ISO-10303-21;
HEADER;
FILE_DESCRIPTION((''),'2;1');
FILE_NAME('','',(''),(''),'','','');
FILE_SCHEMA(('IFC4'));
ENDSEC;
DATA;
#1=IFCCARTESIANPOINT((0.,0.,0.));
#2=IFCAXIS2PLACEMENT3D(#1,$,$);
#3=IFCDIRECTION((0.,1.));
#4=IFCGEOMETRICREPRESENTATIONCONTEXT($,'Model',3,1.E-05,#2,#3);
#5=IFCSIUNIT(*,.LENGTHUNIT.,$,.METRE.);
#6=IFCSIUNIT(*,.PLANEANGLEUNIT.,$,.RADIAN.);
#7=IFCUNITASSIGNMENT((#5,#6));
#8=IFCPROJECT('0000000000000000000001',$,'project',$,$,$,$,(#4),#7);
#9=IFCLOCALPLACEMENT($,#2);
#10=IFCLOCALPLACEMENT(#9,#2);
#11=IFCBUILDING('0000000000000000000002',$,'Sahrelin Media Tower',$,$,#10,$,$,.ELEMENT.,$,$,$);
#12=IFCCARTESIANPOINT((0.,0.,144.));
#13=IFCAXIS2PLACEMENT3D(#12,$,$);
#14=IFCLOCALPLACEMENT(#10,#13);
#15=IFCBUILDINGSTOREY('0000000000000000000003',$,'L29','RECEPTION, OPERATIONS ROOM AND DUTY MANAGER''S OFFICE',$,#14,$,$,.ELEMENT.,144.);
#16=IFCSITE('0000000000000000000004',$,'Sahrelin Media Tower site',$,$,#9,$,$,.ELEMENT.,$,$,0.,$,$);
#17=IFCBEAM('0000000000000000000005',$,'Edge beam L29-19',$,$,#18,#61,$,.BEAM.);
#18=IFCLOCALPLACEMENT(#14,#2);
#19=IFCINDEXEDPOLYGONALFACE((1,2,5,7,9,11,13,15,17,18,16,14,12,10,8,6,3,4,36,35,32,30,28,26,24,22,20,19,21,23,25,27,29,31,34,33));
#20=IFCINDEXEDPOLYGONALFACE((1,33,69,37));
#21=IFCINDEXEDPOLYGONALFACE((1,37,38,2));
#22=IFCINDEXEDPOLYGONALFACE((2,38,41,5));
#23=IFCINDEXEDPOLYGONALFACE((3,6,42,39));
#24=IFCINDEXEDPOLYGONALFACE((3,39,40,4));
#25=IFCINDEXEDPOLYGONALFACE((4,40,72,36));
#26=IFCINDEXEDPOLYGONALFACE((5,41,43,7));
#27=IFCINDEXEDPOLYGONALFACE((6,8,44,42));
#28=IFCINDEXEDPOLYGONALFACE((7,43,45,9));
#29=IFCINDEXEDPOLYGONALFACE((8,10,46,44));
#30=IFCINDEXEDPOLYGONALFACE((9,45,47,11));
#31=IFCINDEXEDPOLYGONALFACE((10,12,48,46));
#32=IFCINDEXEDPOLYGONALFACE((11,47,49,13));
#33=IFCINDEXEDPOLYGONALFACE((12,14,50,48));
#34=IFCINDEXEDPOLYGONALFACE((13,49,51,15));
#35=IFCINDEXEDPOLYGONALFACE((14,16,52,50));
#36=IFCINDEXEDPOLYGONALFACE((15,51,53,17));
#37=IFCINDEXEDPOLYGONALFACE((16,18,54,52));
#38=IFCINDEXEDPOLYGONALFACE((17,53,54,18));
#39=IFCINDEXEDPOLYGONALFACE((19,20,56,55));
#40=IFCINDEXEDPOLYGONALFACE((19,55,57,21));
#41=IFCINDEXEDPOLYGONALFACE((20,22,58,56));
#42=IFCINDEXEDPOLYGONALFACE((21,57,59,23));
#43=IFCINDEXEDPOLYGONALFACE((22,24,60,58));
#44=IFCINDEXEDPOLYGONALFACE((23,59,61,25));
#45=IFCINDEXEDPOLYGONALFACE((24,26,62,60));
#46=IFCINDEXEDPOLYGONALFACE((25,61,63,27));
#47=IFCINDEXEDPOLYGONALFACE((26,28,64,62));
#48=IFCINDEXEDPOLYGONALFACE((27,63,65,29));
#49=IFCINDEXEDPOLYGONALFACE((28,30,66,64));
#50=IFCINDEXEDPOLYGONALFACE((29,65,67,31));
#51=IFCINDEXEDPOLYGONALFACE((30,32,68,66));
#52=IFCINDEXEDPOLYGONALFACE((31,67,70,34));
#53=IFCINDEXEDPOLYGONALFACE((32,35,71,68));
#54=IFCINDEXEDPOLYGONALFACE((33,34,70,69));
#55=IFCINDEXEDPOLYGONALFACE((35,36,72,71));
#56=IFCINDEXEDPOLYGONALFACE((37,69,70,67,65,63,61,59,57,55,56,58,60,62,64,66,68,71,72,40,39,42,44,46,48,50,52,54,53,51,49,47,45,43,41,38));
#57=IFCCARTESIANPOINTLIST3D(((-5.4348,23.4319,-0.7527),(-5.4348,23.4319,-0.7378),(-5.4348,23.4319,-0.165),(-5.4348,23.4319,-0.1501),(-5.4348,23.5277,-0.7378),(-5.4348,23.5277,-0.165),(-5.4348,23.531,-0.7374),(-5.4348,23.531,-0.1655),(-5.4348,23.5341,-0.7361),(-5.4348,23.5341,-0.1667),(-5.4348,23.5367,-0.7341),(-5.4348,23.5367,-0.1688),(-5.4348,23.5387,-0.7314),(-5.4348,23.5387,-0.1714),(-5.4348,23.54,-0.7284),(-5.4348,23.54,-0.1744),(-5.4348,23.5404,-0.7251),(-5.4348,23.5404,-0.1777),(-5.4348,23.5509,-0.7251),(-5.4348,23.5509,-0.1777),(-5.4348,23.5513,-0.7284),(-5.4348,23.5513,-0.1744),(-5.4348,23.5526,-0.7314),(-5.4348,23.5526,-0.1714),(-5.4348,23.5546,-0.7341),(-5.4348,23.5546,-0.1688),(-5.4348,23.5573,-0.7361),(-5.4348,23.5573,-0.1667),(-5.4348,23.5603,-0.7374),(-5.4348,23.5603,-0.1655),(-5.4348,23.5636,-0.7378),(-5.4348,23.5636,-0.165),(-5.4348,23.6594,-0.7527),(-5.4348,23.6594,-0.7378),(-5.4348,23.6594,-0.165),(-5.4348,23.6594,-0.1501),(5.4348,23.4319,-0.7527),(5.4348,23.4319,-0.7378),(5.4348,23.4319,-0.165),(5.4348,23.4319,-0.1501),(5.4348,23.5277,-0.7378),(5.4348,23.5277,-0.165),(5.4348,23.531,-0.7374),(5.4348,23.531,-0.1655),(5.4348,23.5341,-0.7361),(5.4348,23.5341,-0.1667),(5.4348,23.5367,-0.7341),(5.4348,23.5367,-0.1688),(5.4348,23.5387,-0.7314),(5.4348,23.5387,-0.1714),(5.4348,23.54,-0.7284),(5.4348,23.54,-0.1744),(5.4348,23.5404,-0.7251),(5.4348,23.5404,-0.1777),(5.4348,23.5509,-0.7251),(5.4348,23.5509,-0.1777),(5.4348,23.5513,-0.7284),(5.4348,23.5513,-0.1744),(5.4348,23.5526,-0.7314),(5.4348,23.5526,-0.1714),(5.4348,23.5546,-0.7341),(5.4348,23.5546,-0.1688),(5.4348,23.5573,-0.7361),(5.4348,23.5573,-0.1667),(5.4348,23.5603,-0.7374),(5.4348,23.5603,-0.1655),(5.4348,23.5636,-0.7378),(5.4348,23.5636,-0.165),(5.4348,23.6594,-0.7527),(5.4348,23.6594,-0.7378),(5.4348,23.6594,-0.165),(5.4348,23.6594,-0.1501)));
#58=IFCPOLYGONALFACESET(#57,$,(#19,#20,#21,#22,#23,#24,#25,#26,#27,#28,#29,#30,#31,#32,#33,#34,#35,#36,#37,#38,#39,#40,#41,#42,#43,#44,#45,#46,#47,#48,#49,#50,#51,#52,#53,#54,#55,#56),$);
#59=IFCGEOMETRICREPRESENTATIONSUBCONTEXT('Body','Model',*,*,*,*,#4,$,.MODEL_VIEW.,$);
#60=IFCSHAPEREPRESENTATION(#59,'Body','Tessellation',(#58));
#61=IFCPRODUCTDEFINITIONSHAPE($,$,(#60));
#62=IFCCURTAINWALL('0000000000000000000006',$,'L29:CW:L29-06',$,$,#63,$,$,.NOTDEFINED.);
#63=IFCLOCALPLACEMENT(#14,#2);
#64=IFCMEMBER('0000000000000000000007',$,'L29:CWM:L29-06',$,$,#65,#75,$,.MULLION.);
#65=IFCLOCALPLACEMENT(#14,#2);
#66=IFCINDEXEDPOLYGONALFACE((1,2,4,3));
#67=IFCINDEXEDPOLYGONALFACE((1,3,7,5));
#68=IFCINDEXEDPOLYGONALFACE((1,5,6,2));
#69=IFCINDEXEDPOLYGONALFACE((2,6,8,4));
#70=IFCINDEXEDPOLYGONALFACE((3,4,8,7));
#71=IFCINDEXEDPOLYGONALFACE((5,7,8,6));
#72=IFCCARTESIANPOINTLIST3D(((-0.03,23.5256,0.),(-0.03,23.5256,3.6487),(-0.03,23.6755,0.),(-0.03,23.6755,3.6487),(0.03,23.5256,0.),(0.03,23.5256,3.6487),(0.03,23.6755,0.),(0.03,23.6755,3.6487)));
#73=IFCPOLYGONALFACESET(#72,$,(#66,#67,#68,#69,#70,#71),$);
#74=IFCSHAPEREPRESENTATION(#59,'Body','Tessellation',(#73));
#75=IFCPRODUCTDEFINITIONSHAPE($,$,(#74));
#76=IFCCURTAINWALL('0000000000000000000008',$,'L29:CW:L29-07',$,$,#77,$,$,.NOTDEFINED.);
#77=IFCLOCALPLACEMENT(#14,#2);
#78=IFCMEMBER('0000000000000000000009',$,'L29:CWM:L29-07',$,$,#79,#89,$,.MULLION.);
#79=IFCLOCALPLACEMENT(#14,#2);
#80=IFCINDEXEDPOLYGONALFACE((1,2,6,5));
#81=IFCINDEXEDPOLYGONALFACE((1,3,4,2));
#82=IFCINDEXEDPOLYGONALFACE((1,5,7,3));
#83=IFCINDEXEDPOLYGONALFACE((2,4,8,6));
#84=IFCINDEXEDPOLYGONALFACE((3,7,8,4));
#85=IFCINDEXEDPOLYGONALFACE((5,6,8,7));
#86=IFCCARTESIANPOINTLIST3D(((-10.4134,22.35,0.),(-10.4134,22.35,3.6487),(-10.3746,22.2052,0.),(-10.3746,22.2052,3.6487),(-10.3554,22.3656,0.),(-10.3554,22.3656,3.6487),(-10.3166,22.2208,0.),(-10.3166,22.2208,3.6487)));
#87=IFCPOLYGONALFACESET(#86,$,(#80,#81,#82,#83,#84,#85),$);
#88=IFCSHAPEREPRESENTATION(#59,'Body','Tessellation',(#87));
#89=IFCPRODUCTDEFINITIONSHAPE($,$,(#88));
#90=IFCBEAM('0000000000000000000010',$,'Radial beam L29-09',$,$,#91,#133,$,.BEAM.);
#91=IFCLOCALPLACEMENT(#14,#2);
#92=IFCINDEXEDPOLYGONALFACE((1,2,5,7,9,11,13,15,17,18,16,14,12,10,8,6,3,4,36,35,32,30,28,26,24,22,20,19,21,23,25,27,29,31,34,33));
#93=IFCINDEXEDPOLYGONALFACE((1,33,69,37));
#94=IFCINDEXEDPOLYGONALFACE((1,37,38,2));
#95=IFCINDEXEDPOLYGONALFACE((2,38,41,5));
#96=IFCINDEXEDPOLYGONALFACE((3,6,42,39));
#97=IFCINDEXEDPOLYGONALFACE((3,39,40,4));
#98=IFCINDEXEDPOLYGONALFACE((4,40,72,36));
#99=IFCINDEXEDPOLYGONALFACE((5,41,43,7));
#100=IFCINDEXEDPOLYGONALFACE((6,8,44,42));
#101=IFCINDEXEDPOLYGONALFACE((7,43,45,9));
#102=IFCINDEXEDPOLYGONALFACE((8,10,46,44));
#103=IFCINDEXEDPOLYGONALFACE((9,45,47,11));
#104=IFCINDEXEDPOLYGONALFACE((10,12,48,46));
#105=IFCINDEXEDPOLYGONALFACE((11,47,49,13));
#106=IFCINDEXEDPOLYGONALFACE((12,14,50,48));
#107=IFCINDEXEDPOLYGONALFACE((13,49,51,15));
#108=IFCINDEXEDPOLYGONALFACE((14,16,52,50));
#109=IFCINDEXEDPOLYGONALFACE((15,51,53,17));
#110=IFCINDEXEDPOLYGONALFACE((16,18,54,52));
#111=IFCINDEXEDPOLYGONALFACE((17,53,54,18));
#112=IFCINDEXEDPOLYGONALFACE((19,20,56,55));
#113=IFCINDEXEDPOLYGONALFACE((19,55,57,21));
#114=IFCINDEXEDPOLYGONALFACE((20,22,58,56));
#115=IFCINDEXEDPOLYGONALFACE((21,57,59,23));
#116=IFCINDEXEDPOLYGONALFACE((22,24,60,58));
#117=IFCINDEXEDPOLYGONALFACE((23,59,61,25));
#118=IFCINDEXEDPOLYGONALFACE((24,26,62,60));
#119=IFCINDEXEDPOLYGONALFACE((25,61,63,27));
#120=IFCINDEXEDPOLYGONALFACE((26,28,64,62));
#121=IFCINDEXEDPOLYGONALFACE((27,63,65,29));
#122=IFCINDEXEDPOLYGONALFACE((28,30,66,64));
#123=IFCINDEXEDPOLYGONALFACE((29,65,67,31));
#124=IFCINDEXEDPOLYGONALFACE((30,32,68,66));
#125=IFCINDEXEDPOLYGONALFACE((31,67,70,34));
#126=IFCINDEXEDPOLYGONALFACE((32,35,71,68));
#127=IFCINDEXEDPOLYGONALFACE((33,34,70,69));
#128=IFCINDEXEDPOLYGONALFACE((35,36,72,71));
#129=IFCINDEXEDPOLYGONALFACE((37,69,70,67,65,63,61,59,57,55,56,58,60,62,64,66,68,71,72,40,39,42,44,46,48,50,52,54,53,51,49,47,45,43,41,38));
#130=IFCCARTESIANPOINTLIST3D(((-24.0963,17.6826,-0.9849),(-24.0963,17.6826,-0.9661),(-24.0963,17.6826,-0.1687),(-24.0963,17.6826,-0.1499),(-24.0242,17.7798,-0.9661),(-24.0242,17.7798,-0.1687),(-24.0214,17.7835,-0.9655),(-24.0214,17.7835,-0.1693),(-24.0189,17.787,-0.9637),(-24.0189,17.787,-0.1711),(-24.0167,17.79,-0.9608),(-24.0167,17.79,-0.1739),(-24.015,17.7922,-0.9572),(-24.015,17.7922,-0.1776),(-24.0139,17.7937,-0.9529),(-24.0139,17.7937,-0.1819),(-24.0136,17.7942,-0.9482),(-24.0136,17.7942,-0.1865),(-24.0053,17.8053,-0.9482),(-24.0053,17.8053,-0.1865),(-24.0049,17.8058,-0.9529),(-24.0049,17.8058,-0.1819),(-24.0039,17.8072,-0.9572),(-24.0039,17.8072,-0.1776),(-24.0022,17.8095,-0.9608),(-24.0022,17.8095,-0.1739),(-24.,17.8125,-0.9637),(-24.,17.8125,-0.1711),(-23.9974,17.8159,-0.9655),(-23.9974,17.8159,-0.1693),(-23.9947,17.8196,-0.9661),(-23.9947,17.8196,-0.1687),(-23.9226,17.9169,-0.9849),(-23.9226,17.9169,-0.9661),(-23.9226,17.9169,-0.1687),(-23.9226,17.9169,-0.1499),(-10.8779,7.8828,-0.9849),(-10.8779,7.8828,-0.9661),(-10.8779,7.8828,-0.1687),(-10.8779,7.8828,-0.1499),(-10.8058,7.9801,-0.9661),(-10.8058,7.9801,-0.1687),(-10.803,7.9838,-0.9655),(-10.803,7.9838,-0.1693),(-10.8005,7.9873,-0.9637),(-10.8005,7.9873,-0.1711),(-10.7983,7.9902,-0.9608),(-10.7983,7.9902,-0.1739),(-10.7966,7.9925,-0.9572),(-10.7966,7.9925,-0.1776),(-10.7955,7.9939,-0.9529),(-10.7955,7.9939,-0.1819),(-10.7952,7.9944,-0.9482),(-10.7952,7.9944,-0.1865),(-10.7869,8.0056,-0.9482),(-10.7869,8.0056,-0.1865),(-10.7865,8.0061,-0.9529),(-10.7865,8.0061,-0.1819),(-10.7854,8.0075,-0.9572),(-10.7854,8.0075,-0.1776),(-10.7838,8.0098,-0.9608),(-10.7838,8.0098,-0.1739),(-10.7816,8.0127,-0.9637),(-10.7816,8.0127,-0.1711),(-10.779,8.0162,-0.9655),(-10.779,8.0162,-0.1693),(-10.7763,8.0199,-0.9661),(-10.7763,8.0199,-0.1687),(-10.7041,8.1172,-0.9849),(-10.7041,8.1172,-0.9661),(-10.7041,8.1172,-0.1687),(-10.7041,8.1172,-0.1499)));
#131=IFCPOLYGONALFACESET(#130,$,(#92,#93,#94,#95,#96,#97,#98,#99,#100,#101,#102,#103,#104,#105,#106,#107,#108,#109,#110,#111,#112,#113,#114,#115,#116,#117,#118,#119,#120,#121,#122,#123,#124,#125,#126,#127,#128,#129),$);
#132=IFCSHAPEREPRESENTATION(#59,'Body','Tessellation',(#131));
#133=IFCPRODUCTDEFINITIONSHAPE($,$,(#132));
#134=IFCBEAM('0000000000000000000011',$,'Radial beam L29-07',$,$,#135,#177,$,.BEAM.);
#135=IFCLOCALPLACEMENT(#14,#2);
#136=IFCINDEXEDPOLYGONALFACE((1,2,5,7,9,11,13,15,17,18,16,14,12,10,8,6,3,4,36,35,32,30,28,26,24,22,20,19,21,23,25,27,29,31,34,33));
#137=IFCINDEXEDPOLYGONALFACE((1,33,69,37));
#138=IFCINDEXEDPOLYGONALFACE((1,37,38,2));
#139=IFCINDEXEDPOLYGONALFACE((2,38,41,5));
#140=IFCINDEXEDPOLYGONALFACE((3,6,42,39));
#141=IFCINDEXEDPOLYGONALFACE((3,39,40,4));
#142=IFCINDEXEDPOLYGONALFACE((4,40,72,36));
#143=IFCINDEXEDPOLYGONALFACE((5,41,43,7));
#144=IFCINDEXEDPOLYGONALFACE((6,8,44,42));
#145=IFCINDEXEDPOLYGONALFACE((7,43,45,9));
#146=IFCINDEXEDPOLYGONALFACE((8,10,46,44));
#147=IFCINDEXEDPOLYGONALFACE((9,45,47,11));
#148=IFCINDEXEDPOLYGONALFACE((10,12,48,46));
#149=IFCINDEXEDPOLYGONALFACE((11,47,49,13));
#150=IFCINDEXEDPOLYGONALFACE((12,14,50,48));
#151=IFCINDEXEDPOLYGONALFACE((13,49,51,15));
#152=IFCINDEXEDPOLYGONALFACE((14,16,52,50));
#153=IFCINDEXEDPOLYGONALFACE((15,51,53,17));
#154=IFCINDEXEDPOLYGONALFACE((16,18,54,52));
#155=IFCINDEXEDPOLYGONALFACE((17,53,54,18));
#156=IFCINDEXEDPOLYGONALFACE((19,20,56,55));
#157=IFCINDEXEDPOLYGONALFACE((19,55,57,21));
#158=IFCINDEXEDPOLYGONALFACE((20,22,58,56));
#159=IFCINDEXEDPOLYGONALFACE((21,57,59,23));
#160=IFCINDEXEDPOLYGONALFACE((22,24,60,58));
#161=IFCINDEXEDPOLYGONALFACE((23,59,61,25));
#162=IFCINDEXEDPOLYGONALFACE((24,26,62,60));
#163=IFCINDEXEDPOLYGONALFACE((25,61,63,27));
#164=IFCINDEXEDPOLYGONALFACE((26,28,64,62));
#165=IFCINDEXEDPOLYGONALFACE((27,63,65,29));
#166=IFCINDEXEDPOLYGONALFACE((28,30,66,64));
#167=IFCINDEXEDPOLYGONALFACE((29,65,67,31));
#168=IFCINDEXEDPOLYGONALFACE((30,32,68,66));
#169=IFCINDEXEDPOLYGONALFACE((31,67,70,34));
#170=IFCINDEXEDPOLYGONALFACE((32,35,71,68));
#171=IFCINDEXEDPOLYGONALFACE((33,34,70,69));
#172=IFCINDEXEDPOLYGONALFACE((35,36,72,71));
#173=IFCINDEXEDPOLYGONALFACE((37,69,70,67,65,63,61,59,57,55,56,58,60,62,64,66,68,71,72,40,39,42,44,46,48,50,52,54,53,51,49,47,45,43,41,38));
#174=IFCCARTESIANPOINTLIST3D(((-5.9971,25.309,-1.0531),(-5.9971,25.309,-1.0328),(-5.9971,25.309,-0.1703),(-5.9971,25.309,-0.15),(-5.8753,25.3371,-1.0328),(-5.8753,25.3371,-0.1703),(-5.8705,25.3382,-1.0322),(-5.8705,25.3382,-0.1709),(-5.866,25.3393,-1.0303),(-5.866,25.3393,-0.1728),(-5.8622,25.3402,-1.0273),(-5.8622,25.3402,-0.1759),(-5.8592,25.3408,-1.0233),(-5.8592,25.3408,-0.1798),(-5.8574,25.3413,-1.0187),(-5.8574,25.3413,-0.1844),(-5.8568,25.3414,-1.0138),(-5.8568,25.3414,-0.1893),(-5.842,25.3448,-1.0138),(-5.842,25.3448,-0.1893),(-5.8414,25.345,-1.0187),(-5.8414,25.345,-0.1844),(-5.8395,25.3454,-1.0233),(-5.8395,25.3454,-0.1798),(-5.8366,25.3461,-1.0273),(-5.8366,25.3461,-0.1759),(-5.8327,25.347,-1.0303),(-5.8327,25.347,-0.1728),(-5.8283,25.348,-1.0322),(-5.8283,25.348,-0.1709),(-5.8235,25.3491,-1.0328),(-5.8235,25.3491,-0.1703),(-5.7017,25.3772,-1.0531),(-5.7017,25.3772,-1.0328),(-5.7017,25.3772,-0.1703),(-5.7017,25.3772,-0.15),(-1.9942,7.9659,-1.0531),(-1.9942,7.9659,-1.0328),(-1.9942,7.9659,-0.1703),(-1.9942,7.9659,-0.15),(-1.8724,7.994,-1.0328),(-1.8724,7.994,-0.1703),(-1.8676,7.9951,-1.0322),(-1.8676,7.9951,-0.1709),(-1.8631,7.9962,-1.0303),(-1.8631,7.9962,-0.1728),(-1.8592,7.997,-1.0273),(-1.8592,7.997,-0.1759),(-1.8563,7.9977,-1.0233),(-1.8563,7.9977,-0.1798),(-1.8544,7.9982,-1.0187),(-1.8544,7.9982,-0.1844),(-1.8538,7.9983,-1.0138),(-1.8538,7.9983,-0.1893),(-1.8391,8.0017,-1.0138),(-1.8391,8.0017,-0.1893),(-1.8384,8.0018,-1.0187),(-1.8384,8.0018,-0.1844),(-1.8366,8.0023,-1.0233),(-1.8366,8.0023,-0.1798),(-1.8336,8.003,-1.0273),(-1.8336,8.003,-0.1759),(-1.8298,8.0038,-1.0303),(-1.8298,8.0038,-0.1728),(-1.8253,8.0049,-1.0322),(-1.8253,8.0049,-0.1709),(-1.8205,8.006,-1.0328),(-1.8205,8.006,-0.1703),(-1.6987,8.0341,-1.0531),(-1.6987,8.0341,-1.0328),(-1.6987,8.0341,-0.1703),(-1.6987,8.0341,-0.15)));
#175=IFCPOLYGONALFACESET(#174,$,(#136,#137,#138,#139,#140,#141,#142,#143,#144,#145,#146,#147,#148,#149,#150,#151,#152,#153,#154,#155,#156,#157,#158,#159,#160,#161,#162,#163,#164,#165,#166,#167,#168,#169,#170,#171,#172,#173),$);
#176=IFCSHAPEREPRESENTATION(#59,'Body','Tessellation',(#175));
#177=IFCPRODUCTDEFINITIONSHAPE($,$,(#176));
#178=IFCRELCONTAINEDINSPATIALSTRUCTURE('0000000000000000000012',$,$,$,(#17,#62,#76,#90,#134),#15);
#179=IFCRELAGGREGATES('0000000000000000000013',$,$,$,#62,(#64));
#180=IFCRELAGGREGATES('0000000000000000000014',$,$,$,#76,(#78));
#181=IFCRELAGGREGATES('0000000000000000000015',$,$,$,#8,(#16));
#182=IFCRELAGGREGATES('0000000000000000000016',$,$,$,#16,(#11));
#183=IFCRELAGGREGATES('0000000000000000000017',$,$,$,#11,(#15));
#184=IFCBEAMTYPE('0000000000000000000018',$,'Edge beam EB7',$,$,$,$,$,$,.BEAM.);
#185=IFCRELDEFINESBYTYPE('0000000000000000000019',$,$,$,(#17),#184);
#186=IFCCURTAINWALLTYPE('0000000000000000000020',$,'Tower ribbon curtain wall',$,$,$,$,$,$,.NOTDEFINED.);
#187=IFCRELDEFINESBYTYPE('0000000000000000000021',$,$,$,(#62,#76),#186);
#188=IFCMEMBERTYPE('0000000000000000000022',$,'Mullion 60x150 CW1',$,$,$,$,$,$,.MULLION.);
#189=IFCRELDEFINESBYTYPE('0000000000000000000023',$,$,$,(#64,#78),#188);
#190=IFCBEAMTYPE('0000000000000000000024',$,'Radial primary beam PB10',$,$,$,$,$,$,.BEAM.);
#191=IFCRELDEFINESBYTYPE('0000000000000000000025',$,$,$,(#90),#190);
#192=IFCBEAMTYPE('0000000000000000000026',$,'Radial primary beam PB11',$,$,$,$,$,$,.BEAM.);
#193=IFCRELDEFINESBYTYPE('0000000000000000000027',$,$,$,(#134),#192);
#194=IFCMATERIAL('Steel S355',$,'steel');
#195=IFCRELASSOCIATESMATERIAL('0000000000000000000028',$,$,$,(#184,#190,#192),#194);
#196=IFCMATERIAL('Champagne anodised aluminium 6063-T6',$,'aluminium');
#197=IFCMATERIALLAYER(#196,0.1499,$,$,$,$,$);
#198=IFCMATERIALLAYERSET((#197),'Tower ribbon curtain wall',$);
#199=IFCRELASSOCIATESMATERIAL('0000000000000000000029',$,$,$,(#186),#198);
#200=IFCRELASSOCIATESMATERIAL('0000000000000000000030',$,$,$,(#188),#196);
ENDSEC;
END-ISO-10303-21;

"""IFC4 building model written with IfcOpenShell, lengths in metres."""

from ifc_helpers import new_model, si_unit, direction, frame, origin, origin_2d, place, context, subcontext, project, spatial, rectangle, i_section, extrude, material, layer, layer_set, material_profile, profile_set, type_object, element, aggregate, save


model = new_model("IFC4")

# Units and contexts
model_context = context("Model", 3, precision=1e-05, world=origin(), true_north=direction((0.0, 1.0)))
body_context = subcontext(model_context, "Body", "Model", "MODEL_VIEW")
ifc_project = project(units=[si_unit("LENGTHUNIT", "METRE"), si_unit("PLANEANGLEUNIT", "RADIAN")], contexts=[model_context])

# Site, building, storey
site_placement = place(None, origin())
site = spatial("IfcSite", under=ifc_project, at=site_placement, Name="Sahrelin Media Tower site", CompositionType="ELEMENT", RefElevation=0.0)
building_placement = place(site_placement, origin())
building = spatial("IfcBuilding", under=site, at=building_placement, Name="Sahrelin Media Tower", CompositionType="ELEMENT")
storey_placement = place(building_placement, frame((0.0, 0.0, 144.0)))
storey = spatial("IfcBuildingStorey", under=building, at=storey_placement, Name="L29", Description="RECEPTION, OPERATIONS ROOM AND DUTY MANAGER'S OFFICE", CompositionType="ELEMENT", Elevation=144.0)

# Beam
ifc_material_1 = material(Name="Steel S355", Category="steel")
ifc_material_profile_1 = material_profile(ifc_material_1, i_section(OverallWidth=0.2275, OverallDepth=0.6025, WebThickness=0.0105, FlangeThickness=0.0149, FilletRadius=0.0127, at=origin_2d()), Name="UB 610x229x101")
ifc_profile_set_1 = profile_set([ifc_material_profile_1], Name="Steel S355")
beam_type_1 = type_object("IfcBeamType", Name="Edge beam EB7", PredefinedType="BEAM", material=ifc_profile_set_1)
beam_1_placement = place(storey_placement, frame((-5.4348, 23.5457, -0.4514), z_axis=(1.0, 0.0, 0.0), x_axis=(0.0, 1.0, 0.0)))
element("IfcBeam", 1, at=beam_1_placement, inside=storey, type_object=beam_type_1, Name="Edge beam L29-19", PredefinedType="BEAM", context=body_context, shape_type="SweptSolid", body=[
    extrude(i_section(OverallWidth=0.2275, OverallDepth=0.6025, WebThickness=0.0105, FlangeThickness=0.0149, FilletRadius=0.0127, at=origin_2d()), origin(), (0.0, 0.0, 1.0), 10.8696),
])

# Curtain walls, members
ifc_material_2 = material(Name="Champagne anodised aluminium 6063-T6", Category="aluminium")
ifc_layer_1 = layer(ifc_material_2, 0.1499)
ifc_layer_set_1 = layer_set([ifc_layer_1], Name="Tower ribbon curtain wall")
curtain_wall_type = type_object("IfcCurtainWallType", Name="Tower ribbon curtain wall", PredefinedType="NOTDEFINED", material=ifc_layer_set_1)
placement_1 = place(storey_placement, frame((0.0, 23.6958, 0.0), z_axis=(0.0, 0.0, 1.0), x_axis=(1.0, 0.0, 0.0)))
curtain_wall_1 = element("IfcCurtainWall", 2, at=placement_1, inside=storey, type_object=curtain_wall_type, Name="L29:CW:L29-06", PredefinedType="NOTDEFINED")
ifc_material_profile_2 = material_profile(ifc_material_2, rectangle(XDim=0.0601, YDim=0.1499, at=origin_2d()), Name="Mullion 60x150")
ifc_profile_set_2 = profile_set([ifc_material_profile_2], Name="Champagne anodised aluminium 6063-T6")
member_type_1 = type_object("IfcMemberType", Name="Mullion 60x150 CW1", PredefinedType="MULLION", material=ifc_profile_set_2)
member_1_placement = place(storey_placement, frame((0.0, 23.6006, 0.0), z_axis=(0.0, 0.0, 1.0), x_axis=(-1.0, 0.0, 0.0)))
member_1 = element("IfcMember", 3, at=member_1_placement, type_object=member_type_1, Name="L29:CWM:L29-06", PredefinedType="MULLION", context=body_context, shape_type="SweptSolid", body=[
    extrude(rectangle(XDim=0.0601, YDim=0.1499, at=origin_2d()), origin(), (0.0, 0.0, 1.0), 3.6487),
])
aggregate(curtain_wall_1, [member_1])
curtain_wall_2_placement = place(storey_placement, frame((-10.3894, 22.3772, 0.0), z_axis=(0.0, 0.0, 1.0), x_axis=(1.0, 0.0, 0.0)))
curtain_wall_2 = element("IfcCurtainWall", 4, at=curtain_wall_2_placement, inside=storey, type_object=curtain_wall_type, Name="L29:CW:L29-07", PredefinedType="NOTDEFINED")
member_2_placement = place(storey_placement, frame((-10.365, 22.2854, 0.0), z_axis=(0.0, 0.0, 1.0), x_axis=(-0.965926, -0.258819, 0.0)))
member_2 = element("IfcMember", 5, at=member_2_placement, type_object=member_type_1, Name="L29:CWM:L29-07", PredefinedType="MULLION", context=body_context, shape_type="SweptSolid", body=[
    extrude(rectangle(XDim=0.0601, YDim=0.1499, at=origin_2d()), origin(), (0.0, 0.0, 1.0), 3.6487),
])

# Beams
ifc_material_profile_3 = material_profile(ifc_material_1, i_section(OverallWidth=0.2917, OverallDepth=0.835, WebThickness=0.0139, FlangeThickness=0.0188, FilletRadius=0.0178, at=origin_2d()), Name="UB 838x292x176")
ifc_profile_set_3 = profile_set([ifc_material_profile_3], Name="Steel S355")
beam_type_2 = type_object("IfcBeamType", Name="Radial primary beam PB10", PredefinedType="BEAM", material=ifc_profile_set_3)
beam_2_placement = place(storey_placement, frame((-10.791, 8.0, -0.5674), z_axis=(-0.803315, 0.595554, 0.0), x_axis=(-0.595554, -0.803315, 0.0)))
element("IfcBeam", 6, at=beam_2_placement, inside=storey, type_object=beam_type_2, Name="Radial beam L29-09", PredefinedType="BEAM", context=body_context, shape_type="SweptSolid", body=[
    extrude(i_section(OverallWidth=0.2917, OverallDepth=0.835, WebThickness=0.0139, FlangeThickness=0.0188, FilletRadius=0.0178, at=origin_2d()), origin(), (0.0, 0.0, 1.0), 16.4548),
])
ifc_material_profile_4 = material_profile(ifc_material_1, i_section(OverallWidth=0.3032, OverallDepth=0.9031, WebThickness=0.0151, FlangeThickness=0.0203, FilletRadius=0.019, at=origin_2d()), Name="UB 914x305x201")
ifc_profile_set_4 = profile_set([ifc_material_profile_4], Name="Steel S355")
beam_type_3 = type_object("IfcBeamType", Name="Radial primary beam PB11", PredefinedType="BEAM", material=ifc_profile_set_4)
beam_3_placement = place(storey_placement, frame((-1.8464, 8.0, -0.6016), z_axis=(-0.224897, 0.974383, 0.0), x_axis=(-0.974383, -0.224897, 0.0)))
element("IfcBeam", 7, at=beam_3_placement, inside=storey, type_object=beam_type_3, Name="Radial beam L29-07", PredefinedType="BEAM", context=body_context, shape_type="SweptSolid", body=[
    extrude(i_section(OverallWidth=0.3032, OverallDepth=0.9031, WebThickness=0.0151, FlangeThickness=0.0203, FilletRadius=0.019, at=origin_2d()), origin(), (0.0, 0.0, 1.0), 17.7991),
])

aggregate(curtain_wall_2, [member_2])

save(model, "model.ifc")
